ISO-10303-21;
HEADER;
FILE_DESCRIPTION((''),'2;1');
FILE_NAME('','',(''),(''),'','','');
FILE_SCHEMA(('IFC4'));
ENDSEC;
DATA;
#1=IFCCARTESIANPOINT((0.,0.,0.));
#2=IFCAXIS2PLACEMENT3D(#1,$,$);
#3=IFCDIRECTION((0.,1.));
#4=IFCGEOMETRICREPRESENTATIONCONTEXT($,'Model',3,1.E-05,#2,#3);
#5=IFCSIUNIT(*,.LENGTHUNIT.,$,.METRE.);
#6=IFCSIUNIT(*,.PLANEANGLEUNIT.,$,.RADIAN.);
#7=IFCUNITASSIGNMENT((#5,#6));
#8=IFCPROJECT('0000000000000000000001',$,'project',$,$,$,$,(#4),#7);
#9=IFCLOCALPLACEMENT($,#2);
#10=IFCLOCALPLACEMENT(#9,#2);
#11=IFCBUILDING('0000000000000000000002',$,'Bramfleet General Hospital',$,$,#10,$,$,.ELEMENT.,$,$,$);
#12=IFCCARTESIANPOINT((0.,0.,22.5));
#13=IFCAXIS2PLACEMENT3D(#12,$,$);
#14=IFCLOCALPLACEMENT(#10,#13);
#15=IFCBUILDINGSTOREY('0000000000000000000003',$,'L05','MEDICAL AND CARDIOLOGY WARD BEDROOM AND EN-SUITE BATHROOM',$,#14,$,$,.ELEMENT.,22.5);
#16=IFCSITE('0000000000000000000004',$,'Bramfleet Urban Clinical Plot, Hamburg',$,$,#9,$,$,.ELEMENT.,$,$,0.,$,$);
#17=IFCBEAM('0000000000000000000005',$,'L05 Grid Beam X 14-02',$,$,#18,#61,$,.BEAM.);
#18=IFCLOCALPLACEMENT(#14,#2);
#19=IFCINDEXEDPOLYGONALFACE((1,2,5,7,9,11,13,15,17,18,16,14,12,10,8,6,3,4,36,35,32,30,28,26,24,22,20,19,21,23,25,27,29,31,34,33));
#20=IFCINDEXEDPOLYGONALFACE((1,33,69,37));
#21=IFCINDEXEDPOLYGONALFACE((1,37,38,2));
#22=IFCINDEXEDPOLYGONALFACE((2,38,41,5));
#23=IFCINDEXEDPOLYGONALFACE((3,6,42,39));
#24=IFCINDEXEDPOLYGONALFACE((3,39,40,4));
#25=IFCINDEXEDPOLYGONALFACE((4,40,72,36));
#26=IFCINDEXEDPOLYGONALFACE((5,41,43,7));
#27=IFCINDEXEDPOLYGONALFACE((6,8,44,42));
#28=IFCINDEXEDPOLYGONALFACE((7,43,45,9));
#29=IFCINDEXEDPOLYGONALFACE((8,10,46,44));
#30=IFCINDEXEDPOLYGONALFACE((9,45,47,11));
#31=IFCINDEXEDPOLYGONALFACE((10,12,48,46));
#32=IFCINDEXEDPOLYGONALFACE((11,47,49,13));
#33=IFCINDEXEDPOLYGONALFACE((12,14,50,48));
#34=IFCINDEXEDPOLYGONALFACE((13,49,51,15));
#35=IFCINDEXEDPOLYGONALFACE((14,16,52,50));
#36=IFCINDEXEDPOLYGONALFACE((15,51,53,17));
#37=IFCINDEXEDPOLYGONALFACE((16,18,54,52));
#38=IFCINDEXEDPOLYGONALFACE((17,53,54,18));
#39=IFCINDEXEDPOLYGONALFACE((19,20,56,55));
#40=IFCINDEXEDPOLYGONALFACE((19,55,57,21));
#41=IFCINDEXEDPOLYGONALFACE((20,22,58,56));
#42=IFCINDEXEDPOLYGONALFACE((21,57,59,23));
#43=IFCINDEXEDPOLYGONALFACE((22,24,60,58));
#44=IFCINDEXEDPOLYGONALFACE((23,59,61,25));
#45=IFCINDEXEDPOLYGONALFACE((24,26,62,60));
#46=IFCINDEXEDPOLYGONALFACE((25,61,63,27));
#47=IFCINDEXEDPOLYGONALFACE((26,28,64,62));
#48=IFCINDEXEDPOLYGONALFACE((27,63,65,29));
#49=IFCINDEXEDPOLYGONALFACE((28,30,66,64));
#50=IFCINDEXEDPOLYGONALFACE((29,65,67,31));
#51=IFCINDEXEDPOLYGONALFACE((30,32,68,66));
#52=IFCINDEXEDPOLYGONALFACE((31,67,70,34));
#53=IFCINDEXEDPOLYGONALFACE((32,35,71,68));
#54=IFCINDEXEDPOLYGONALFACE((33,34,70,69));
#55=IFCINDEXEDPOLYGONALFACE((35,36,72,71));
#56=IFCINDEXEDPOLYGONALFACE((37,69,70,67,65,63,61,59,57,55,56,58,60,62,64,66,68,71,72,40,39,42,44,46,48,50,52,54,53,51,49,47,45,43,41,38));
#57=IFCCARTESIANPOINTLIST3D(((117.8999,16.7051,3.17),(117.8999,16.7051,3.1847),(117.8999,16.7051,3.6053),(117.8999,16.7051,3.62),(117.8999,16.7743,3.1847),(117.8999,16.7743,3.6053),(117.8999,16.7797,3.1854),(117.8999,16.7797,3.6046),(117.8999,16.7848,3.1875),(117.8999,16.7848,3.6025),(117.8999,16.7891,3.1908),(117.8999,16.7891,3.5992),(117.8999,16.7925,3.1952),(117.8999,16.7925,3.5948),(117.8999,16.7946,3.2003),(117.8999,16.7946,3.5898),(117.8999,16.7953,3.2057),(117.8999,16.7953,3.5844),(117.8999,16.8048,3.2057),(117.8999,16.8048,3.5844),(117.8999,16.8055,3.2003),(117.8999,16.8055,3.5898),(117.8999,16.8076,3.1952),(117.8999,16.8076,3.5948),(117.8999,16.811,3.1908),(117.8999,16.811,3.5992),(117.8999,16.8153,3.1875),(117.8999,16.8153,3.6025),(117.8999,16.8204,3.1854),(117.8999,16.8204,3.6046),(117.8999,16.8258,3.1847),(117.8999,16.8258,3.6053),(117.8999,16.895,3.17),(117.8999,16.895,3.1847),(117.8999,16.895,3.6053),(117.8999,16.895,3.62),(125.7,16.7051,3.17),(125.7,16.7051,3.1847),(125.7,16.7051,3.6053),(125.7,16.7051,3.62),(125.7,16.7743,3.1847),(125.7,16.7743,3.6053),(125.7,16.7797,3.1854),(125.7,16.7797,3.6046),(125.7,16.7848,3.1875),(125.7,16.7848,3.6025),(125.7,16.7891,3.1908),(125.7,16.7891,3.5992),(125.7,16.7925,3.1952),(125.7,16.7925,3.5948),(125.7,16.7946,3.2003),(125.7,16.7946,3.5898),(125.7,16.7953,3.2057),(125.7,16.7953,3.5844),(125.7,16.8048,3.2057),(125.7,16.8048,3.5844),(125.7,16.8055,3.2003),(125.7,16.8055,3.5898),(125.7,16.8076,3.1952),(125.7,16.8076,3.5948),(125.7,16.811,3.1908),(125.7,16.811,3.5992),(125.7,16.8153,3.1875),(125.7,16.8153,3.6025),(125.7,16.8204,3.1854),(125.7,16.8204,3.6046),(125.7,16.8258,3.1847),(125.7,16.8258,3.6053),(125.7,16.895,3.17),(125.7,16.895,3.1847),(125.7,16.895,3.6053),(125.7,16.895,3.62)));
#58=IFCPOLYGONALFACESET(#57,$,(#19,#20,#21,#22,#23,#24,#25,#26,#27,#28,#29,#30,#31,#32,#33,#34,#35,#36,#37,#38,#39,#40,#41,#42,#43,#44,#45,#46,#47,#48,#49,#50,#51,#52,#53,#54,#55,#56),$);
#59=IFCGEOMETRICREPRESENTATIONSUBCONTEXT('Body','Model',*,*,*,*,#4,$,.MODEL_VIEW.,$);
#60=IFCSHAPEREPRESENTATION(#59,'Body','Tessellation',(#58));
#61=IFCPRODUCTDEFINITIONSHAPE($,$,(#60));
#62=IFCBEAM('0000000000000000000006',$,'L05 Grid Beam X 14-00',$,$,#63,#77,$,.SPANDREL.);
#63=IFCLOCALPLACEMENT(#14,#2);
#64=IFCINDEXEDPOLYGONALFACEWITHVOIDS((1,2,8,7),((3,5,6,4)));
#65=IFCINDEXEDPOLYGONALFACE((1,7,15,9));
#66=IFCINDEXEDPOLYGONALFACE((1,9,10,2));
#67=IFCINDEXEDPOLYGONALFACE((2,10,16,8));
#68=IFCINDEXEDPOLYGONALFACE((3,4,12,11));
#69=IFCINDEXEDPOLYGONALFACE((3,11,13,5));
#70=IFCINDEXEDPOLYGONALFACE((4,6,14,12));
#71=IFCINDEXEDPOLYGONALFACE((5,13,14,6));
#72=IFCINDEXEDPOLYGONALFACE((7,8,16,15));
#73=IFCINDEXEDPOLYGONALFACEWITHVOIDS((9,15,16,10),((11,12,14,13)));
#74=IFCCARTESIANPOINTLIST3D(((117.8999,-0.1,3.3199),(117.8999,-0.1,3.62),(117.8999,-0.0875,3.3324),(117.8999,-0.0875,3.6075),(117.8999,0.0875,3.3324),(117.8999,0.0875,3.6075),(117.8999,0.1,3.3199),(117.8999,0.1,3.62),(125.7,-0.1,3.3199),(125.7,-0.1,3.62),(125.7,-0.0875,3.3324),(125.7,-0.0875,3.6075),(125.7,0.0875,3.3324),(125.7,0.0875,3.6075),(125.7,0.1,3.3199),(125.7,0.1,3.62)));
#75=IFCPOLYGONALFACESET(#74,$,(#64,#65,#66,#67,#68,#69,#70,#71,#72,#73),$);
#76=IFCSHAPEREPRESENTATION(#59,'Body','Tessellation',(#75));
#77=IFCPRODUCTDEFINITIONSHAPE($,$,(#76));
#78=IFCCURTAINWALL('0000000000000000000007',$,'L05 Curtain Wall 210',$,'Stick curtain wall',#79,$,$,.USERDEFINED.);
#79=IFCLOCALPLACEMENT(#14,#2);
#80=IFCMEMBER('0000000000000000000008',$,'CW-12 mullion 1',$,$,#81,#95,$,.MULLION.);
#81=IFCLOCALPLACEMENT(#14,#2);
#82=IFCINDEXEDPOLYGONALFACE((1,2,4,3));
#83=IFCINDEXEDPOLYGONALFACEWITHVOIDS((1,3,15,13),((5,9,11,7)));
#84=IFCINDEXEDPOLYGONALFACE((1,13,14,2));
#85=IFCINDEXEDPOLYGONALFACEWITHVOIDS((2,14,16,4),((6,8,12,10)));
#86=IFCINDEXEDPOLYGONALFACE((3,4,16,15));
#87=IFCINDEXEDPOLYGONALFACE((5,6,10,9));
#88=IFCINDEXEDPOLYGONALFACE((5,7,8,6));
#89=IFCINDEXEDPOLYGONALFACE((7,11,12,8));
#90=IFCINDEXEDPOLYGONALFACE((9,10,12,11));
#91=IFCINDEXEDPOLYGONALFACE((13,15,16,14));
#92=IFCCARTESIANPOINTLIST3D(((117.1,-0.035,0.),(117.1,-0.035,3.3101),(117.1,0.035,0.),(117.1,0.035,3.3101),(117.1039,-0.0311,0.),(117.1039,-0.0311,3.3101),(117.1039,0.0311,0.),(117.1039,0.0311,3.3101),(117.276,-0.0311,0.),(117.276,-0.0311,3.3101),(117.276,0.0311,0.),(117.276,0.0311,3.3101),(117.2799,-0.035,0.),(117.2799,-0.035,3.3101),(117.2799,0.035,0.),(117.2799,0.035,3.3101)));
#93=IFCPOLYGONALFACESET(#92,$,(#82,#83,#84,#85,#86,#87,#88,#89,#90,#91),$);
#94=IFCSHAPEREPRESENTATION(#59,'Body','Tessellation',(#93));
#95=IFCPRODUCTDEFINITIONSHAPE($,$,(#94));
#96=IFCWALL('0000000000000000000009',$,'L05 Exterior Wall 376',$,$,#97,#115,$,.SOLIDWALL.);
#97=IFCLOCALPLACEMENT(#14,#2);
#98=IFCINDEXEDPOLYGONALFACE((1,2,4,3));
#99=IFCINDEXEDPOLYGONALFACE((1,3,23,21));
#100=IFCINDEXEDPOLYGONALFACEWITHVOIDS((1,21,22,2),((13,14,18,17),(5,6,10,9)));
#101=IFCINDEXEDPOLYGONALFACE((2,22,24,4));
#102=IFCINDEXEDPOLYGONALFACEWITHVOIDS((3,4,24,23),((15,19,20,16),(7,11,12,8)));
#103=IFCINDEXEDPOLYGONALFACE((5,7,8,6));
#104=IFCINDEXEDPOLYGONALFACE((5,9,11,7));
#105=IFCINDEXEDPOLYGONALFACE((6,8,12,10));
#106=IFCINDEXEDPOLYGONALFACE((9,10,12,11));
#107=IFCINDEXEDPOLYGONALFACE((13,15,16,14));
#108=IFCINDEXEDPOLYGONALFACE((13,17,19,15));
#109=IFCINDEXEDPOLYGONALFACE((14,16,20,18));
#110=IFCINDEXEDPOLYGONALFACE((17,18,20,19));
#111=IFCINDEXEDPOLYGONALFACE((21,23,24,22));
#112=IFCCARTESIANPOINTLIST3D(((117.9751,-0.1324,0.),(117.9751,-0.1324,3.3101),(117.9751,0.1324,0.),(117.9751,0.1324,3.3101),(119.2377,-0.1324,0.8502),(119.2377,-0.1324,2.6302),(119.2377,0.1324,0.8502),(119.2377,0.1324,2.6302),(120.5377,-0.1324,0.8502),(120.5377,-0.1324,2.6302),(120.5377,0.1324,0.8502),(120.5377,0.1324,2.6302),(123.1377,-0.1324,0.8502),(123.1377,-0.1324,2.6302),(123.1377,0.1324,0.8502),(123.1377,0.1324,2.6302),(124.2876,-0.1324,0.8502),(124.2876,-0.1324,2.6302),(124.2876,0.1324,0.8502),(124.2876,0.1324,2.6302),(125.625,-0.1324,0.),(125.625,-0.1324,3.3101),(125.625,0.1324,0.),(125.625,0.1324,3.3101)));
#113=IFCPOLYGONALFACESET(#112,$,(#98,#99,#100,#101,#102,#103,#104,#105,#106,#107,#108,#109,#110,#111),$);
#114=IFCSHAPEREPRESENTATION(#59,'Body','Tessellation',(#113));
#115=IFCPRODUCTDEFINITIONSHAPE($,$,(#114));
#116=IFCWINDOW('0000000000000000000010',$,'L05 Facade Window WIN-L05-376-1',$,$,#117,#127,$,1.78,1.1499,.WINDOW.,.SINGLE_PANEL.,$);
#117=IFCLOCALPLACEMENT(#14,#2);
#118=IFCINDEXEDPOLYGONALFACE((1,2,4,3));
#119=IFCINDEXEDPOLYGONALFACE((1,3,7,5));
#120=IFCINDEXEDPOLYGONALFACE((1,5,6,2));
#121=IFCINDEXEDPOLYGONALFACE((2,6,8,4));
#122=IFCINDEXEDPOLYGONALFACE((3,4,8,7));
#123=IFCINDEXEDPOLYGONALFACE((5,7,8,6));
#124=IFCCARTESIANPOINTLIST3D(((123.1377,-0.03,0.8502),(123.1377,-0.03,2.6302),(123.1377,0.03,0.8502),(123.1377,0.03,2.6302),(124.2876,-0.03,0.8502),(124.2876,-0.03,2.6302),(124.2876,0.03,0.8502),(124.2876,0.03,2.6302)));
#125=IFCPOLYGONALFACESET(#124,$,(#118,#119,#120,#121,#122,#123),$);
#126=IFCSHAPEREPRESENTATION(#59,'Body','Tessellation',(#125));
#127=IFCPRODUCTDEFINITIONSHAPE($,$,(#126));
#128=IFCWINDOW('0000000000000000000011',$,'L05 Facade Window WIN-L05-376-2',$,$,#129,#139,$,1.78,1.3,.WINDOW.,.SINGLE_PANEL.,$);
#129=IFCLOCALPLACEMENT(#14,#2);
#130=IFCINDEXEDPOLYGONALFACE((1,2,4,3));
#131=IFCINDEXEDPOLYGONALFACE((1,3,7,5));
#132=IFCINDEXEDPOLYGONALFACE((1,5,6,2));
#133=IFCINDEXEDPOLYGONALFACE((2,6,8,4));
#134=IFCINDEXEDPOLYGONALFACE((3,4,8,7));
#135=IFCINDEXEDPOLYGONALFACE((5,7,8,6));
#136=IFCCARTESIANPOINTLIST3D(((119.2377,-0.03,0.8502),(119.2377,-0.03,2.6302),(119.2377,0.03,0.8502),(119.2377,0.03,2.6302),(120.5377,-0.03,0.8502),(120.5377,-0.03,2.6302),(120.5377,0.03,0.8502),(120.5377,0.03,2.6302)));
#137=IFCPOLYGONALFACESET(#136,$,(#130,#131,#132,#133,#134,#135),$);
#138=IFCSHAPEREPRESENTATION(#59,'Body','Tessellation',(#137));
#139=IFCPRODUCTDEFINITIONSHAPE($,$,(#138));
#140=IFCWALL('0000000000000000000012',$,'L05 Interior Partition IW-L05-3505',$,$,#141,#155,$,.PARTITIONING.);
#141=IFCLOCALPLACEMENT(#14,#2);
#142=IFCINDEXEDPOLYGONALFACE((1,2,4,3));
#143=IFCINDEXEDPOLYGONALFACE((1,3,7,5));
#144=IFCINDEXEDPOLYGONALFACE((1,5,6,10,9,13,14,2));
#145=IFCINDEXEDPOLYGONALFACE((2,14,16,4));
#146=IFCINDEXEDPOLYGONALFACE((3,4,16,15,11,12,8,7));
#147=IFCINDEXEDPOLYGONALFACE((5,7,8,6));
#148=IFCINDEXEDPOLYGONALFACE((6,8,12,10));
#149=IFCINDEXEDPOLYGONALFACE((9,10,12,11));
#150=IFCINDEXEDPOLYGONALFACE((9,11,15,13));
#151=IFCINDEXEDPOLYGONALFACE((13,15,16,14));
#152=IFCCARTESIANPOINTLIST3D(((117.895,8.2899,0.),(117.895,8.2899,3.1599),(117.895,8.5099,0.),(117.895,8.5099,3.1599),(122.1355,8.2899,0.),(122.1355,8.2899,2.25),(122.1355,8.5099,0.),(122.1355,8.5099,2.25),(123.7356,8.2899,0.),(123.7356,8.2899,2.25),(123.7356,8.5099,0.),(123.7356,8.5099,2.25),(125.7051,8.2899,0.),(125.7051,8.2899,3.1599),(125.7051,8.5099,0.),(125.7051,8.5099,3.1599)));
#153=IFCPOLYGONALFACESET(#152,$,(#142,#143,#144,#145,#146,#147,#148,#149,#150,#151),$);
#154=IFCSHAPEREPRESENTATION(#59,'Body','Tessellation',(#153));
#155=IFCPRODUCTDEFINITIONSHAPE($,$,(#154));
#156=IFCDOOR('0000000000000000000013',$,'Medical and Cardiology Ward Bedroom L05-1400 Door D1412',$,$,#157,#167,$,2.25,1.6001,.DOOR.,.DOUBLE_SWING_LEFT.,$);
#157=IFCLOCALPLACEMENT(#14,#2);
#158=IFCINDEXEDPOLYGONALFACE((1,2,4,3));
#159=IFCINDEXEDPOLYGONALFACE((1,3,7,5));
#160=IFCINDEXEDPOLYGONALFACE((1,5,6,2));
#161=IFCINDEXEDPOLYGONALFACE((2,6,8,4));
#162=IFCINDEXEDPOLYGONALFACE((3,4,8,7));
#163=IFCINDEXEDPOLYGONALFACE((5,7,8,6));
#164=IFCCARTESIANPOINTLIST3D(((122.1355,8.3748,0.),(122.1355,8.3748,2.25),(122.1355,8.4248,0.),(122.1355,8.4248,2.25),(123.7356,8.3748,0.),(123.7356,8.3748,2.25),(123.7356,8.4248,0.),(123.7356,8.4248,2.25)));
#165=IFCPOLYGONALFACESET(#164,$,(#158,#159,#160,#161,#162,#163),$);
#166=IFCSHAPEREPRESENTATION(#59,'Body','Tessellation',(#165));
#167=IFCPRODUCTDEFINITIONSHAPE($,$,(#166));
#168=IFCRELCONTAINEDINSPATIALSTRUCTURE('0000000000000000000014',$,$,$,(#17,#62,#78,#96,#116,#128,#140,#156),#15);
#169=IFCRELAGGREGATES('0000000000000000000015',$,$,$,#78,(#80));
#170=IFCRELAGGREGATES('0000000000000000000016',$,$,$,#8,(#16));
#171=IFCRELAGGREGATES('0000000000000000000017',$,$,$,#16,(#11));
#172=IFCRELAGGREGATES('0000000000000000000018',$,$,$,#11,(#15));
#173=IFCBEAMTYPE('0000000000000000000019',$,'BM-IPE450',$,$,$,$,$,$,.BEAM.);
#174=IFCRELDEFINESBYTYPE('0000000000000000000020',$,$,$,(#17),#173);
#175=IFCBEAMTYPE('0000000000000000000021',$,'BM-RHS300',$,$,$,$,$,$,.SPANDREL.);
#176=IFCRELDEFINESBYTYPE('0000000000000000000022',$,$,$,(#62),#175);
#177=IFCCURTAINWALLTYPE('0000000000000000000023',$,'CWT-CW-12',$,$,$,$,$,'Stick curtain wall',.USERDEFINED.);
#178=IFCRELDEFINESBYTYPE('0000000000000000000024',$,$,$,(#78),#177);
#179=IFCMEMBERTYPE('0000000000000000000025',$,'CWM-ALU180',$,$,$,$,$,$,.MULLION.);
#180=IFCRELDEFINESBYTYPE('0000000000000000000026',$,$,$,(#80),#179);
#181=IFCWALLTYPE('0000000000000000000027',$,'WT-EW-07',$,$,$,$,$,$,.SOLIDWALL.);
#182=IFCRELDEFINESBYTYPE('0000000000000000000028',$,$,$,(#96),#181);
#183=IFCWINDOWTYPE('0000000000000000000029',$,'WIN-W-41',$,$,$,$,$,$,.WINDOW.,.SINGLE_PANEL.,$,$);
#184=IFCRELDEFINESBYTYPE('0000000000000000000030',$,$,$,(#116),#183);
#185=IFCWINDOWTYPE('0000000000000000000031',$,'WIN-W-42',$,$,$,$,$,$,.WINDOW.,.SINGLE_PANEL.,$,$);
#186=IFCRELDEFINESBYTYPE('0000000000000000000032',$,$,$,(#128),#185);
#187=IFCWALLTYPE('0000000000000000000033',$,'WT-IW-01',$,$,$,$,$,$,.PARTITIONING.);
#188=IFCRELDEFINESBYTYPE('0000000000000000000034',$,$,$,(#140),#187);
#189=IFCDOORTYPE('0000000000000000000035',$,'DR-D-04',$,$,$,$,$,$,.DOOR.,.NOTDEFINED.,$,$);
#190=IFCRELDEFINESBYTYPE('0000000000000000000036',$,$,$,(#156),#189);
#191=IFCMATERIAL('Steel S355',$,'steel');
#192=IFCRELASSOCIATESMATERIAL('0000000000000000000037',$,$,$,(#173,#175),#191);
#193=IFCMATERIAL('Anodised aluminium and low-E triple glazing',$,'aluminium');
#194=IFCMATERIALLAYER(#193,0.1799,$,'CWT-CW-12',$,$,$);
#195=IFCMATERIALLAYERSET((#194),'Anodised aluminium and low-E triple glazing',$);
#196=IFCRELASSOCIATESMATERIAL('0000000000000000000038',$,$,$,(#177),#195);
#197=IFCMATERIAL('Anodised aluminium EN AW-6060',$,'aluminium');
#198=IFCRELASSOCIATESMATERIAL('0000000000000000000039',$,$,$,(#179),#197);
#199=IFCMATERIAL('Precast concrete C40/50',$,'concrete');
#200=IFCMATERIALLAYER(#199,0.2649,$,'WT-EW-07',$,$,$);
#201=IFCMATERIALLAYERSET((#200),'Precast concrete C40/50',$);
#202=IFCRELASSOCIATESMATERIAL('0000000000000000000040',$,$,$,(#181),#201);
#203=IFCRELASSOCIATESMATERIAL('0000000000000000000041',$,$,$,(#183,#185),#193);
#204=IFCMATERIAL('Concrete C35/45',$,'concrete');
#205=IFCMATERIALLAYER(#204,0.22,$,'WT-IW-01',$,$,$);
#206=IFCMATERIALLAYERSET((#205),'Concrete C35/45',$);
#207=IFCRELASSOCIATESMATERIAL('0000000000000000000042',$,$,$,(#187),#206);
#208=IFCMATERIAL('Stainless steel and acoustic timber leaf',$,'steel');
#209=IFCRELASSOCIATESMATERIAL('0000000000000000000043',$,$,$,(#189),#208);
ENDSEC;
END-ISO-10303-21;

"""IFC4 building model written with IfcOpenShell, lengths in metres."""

from ifc_helpers import new_model, si_unit, direction, frame, frame_2d, origin, origin_2d, place, context, subcontext, project, spatial, rectangle, hollow_rectangle, i_section, extrude, material, layer, layer_set, material_profile, profile_set, type_object, element, fill, aggregate, save


model = new_model("IFC4")

# Units and contexts
model_context = context("Model", 3, precision=1e-05, world=origin(), true_north=direction((0.0, 1.0)))
body_context = subcontext(model_context, "Body", "Model", "MODEL_VIEW")
ifc_project = project(units=[si_unit("LENGTHUNIT", "METRE"), si_unit("PLANEANGLEUNIT", "RADIAN")], contexts=[model_context])

# Site, building, storey
site_placement = place(None, origin())
site = spatial("IfcSite", under=ifc_project, at=site_placement, Name="Bramfleet Urban Clinical Plot, Hamburg", CompositionType="ELEMENT", RefElevation=0.0)
building_placement = place(site_placement, origin())
building = spatial("IfcBuilding", under=site, at=building_placement, Name="Bramfleet General Hospital", CompositionType="ELEMENT")
storey_placement = place(building_placement, frame((0.0, 0.0, 22.5)))
storey = spatial("IfcBuildingStorey", under=building, at=storey_placement, Name="L05", Description="MEDICAL AND CARDIOLOGY WARD BEDROOM AND EN-SUITE BATHROOM", CompositionType="ELEMENT", Elevation=22.5)

# Beams
ifc_material_1 = material(Name="Steel S355", Category="steel")
ifc_material_profile_1 = material_profile(ifc_material_1, i_section(OverallWidth=0.1899, OverallDepth=0.45, WebThickness=0.0095, FlangeThickness=0.0146, FilletRadius=0.021, at=origin_2d()), Name="IPE 450")
ifc_profile_set_1 = profile_set([ifc_material_profile_1], Name="Steel S355")
beam_type_1 = type_object("IfcBeamType", Name="BM-IPE450", PredefinedType="BEAM", material=ifc_profile_set_1)
for number, where, z_axis, x_axis, name in (
    (1, (117.8999, 16.8, 3.395), (1.0, 0.0, 0.0), (0.0, 1.0, 0.0), "L05 Grid Beam X 14-02"),
):
    element("IfcBeam", number, at=place(storey_placement, frame(where, z_axis=z_axis, x_axis=x_axis)), inside=storey, type_object=beam_type_1, Name=name, PredefinedType="BEAM", context=body_context, shape_type="SweptSolid", body=[
        extrude(i_section(OverallWidth=0.1899, OverallDepth=0.45, WebThickness=0.0095, FlangeThickness=0.0146, FilletRadius=0.021, at=origin_2d()), origin(), (0.0, 0.0, 1.0), 7.8),
    ])
ifc_material_profile_2 = material_profile(ifc_material_1, hollow_rectangle(XDim=0.2, YDim=0.3, WallThickness=0.0125, at=origin_2d()), Name="RHS 300x200x12.5")
ifc_profile_set_2 = profile_set([ifc_material_profile_2], Name="Steel S355")
beam_type_2 = type_object("IfcBeamType", Name="BM-RHS300", PredefinedType="SPANDREL", material=ifc_profile_set_2)
beam_placement = place(storey_placement, frame((117.8999, 0.0, 3.47), z_axis=(1.0, 0.0, 0.0), x_axis=(0.0, 1.0, 0.0)))
element("IfcBeam", 2, at=beam_placement, inside=storey, type_object=beam_type_2, Name="L05 Grid Beam X 14-00", PredefinedType="SPANDREL", context=body_context, shape_type="SweptSolid", body=[
    extrude(hollow_rectangle(XDim=0.2, YDim=0.3, WallThickness=0.0125, at=origin_2d()), origin(), (0.0, 0.0, 1.0), 7.8),
])

# Curtain wall, member
ifc_material_2 = material(Name="Anodised aluminium and low-E triple glazing", Category="aluminium")
ifc_layer_1 = layer(ifc_material_2, 0.1799, Name="CWT-CW-12")
ifc_layer_set_1 = layer_set([ifc_layer_1], Name="Anodised aluminium and low-E triple glazing")
curtain_wall_type = type_object("IfcCurtainWallType", Name="CWT-CW-12", ElementType="Stick curtain wall", PredefinedType="USERDEFINED", material=ifc_layer_set_1)
curtain_wall_placement = place(storey_placement, origin())
curtain_wall = element("IfcCurtainWall", 3, at=curtain_wall_placement, inside=storey, type_object=curtain_wall_type, Name="L05 Curtain Wall 210", ObjectType="Stick curtain wall", PredefinedType="USERDEFINED")
ifc_material_3 = material(Name="Anodised aluminium EN AW-6060", Category="aluminium")
ifc_material_profile_3 = material_profile(ifc_material_3, hollow_rectangle(XDim=0.0701, YDim=0.1799, WallThickness=0.0039, at=origin_2d()), Name="ALU 180x70x4.0")
ifc_profile_set_3 = profile_set([ifc_material_profile_3], Name="Anodised aluminium EN AW-6060")
member_type = type_object("IfcMemberType", Name="CWM-ALU180", PredefinedType="MULLION", material=ifc_profile_set_3)
member_placement = place(storey_placement, frame((117.1899, 0.0, 0.0), z_axis=(0.0, 0.0, 1.0), x_axis=(0.0, -1.0, 0.0)))
member = element("IfcMember", 4, at=member_placement, type_object=member_type, Name="CW-12 mullion 1", PredefinedType="MULLION", context=body_context, shape_type="SweptSolid", body=[
    extrude(hollow_rectangle(XDim=0.0701, YDim=0.1799, WallThickness=0.0039, at=origin_2d()), origin(), (0.0, 0.0, 1.0), 3.3101),
])
aggregate(curtain_wall, [member])

# Wall, openings, windows
ifc_material_4 = material(Name="Precast concrete C40/50", Category="concrete")
ifc_layer_2 = layer(ifc_material_4, 0.2649, Name="WT-EW-07")
ifc_layer_set_2 = layer_set([ifc_layer_2], Name="Precast concrete C40/50")
wall_type_1 = type_object("IfcWallType", Name="WT-EW-07", PredefinedType="SOLIDWALL", material=ifc_layer_set_2)
wall_1_placement = place(storey_placement, frame((125.625, 0.0, 0.0), z_axis=(0.0, 0.0, 1.0), x_axis=(-1.0, 0.0, 0.0)))
wall_1 = element("IfcWall", 5, at=wall_1_placement, inside=storey, type_object=wall_type_1, Name="L05 Exterior Wall 376", PredefinedType="SOLIDWALL", context=body_context, shape_type="SweptSolid", body=[
    extrude(rectangle(XDim=7.6499, YDim=0.2649, at=frame_2d((3.825, 0.0))), origin(), (0.0, 0.0, 1.0), 3.3101),
])
opening_1_placement = place(wall_1_placement, frame((1.3374, 0.0, 0.8501)))
opening_1 = element("IfcOpeningElement", 6, at=opening_1_placement, cuts=wall_1, PredefinedType="OPENING", context=body_context, shape_type="SweptSolid", body=[
    extrude(rectangle(XDim=1.1499, YDim=1.78, at=frame_2d((0.575, 0.8901))), frame((0.0, 0.1423, 0.0), z_axis=(0.0, -1.0, 0.0), x_axis=(1.0, 0.0, 0.0)), (0.0, 0.0, 1.0), 0.2849),
])
opening_2_placement = place(wall_1_placement, frame((5.0874, 0.0, 0.8501)))
opening_2 = element("IfcOpeningElement", 7, at=opening_2_placement, cuts=wall_1, PredefinedType="OPENING", context=body_context, shape_type="SweptSolid", body=[
    extrude(rectangle(XDim=1.3, YDim=1.78, at=frame_2d((0.6499, 0.8901))), frame((0.0, 0.1423, 0.0), z_axis=(0.0, -1.0, 0.0), x_axis=(1.0, 0.0, 0.0)), (0.0, 0.0, 1.0), 0.2849),
])
window_type_1 = type_object("IfcWindowType", Name="WIN-W-41", PartitioningType="SINGLE_PANEL", PredefinedType="WINDOW", material=ifc_material_2)
window_1_placement = place(opening_1_placement, origin())
window_1 = element("IfcWindow", 8, at=window_1_placement, inside=storey, type_object=window_type_1, Name="L05 Facade Window WIN-L05-376-1", OverallHeight=1.78, OverallWidth=1.1499, PartitioningType="SINGLE_PANEL", PredefinedType="WINDOW", context=body_context, shape_type="SweptSolid", body=[
    extrude(rectangle(XDim=1.1499, YDim=1.78, at=frame_2d((0.575, 0.8901))), frame((0.0, 0.03, 0.0), z_axis=(0.0, -1.0, 0.0), x_axis=(1.0, 0.0, 0.0)), (0.0, 0.0, 1.0), 0.0601),
])
fill(opening_1, window_1)
window_type_2 = type_object("IfcWindowType", Name="WIN-W-42", PartitioningType="SINGLE_PANEL", PredefinedType="WINDOW", material=ifc_material_2)
window_2_placement = place(opening_2_placement, origin())
window_2 = element("IfcWindow", 9, at=window_2_placement, inside=storey, type_object=window_type_2, Name="L05 Facade Window WIN-L05-376-2", OverallHeight=1.78, OverallWidth=1.3, PartitioningType="SINGLE_PANEL", PredefinedType="WINDOW", context=body_context, shape_type="SweptSolid", body=[
    extrude(rectangle(XDim=1.3, YDim=1.78, at=frame_2d((0.6499, 0.8901))), frame((0.0, 0.03, 0.0), z_axis=(0.0, -1.0, 0.0), x_axis=(1.0, 0.0, 0.0)), (0.0, 0.0, 1.0), 0.0601),
])
fill(opening_2, window_2)

# Wall, opening, door
ifc_material_5 = material(Name="Concrete C35/45", Category="concrete")
ifc_layer_3 = layer(ifc_material_5, 0.22, Name="WT-IW-01")
ifc_layer_set_3 = layer_set([ifc_layer_3], Name="Concrete C35/45")
wall_type_2 = type_object("IfcWallType", Name="WT-IW-01", PredefinedType="PARTITIONING", material=ifc_layer_set_3)
wall_2_placement = place(storey_placement, frame((117.895, 8.3999, 0.0), z_axis=(0.0, 0.0, 1.0), x_axis=(1.0, 0.0, 0.0)))
wall_2 = element("IfcWall", 10, at=wall_2_placement, inside=storey, type_object=wall_type_2, Name="L05 Interior Partition IW-L05-3505", PredefinedType="PARTITIONING", context=body_context, shape_type="SweptSolid", body=[
    extrude(rectangle(XDim=7.8101, YDim=0.22, at=frame_2d((3.905, 0.0))), origin(), (0.0, 0.0, 1.0), 3.1599),
])
opening_3_placement = place(wall_2_placement, frame((4.2405, 0.0, 0.0)))
opening_3 = element("IfcOpeningElement", 11, at=opening_3_placement, cuts=wall_2, PredefinedType="OPENING", context=body_context, shape_type="SweptSolid", body=[
    extrude(rectangle(XDim=1.6001, YDim=2.25, at=frame_2d((0.8, 1.125))), frame((0.0, 0.1199, 0.0), z_axis=(0.0, -1.0, 0.0), x_axis=(1.0, 0.0, 0.0)), (0.0, 0.0, 1.0), 0.24),
])
ifc_material_6 = material(Name="Stainless steel and acoustic timber leaf", Category="steel")
door_type_1 = type_object("IfcDoorType", Name="DR-D-04", OperationType="NOTDEFINED", PredefinedType="DOOR", material=ifc_material_6)
door_1_placement = place(opening_3_placement, origin())
door_1 = element("IfcDoor", 12, at=door_1_placement, inside=storey, type_object=door_type_1, Name="Medical and Cardiology Ward Bedroom L05-1400 Door D1412", OperationType="DOUBLE_SWING_LEFT", OverallHeight=2.25, OverallWidth=1.6001, PredefinedType="DOOR", context=body_context, shape_type="SweptSolid", body=[
    extrude(rectangle(XDim=1.6001, YDim=2.25, at=frame_2d((0.8, 1.125))), frame((0.0, 0.0249, 0.0), z_axis=(0.0, -1.0, 0.0), x_axis=(1.0, 0.0, 0.0)), (0.0, 0.0, 1.0), 0.05),
])
fill(opening_3, door_1)

save(model, "model.ifc")
